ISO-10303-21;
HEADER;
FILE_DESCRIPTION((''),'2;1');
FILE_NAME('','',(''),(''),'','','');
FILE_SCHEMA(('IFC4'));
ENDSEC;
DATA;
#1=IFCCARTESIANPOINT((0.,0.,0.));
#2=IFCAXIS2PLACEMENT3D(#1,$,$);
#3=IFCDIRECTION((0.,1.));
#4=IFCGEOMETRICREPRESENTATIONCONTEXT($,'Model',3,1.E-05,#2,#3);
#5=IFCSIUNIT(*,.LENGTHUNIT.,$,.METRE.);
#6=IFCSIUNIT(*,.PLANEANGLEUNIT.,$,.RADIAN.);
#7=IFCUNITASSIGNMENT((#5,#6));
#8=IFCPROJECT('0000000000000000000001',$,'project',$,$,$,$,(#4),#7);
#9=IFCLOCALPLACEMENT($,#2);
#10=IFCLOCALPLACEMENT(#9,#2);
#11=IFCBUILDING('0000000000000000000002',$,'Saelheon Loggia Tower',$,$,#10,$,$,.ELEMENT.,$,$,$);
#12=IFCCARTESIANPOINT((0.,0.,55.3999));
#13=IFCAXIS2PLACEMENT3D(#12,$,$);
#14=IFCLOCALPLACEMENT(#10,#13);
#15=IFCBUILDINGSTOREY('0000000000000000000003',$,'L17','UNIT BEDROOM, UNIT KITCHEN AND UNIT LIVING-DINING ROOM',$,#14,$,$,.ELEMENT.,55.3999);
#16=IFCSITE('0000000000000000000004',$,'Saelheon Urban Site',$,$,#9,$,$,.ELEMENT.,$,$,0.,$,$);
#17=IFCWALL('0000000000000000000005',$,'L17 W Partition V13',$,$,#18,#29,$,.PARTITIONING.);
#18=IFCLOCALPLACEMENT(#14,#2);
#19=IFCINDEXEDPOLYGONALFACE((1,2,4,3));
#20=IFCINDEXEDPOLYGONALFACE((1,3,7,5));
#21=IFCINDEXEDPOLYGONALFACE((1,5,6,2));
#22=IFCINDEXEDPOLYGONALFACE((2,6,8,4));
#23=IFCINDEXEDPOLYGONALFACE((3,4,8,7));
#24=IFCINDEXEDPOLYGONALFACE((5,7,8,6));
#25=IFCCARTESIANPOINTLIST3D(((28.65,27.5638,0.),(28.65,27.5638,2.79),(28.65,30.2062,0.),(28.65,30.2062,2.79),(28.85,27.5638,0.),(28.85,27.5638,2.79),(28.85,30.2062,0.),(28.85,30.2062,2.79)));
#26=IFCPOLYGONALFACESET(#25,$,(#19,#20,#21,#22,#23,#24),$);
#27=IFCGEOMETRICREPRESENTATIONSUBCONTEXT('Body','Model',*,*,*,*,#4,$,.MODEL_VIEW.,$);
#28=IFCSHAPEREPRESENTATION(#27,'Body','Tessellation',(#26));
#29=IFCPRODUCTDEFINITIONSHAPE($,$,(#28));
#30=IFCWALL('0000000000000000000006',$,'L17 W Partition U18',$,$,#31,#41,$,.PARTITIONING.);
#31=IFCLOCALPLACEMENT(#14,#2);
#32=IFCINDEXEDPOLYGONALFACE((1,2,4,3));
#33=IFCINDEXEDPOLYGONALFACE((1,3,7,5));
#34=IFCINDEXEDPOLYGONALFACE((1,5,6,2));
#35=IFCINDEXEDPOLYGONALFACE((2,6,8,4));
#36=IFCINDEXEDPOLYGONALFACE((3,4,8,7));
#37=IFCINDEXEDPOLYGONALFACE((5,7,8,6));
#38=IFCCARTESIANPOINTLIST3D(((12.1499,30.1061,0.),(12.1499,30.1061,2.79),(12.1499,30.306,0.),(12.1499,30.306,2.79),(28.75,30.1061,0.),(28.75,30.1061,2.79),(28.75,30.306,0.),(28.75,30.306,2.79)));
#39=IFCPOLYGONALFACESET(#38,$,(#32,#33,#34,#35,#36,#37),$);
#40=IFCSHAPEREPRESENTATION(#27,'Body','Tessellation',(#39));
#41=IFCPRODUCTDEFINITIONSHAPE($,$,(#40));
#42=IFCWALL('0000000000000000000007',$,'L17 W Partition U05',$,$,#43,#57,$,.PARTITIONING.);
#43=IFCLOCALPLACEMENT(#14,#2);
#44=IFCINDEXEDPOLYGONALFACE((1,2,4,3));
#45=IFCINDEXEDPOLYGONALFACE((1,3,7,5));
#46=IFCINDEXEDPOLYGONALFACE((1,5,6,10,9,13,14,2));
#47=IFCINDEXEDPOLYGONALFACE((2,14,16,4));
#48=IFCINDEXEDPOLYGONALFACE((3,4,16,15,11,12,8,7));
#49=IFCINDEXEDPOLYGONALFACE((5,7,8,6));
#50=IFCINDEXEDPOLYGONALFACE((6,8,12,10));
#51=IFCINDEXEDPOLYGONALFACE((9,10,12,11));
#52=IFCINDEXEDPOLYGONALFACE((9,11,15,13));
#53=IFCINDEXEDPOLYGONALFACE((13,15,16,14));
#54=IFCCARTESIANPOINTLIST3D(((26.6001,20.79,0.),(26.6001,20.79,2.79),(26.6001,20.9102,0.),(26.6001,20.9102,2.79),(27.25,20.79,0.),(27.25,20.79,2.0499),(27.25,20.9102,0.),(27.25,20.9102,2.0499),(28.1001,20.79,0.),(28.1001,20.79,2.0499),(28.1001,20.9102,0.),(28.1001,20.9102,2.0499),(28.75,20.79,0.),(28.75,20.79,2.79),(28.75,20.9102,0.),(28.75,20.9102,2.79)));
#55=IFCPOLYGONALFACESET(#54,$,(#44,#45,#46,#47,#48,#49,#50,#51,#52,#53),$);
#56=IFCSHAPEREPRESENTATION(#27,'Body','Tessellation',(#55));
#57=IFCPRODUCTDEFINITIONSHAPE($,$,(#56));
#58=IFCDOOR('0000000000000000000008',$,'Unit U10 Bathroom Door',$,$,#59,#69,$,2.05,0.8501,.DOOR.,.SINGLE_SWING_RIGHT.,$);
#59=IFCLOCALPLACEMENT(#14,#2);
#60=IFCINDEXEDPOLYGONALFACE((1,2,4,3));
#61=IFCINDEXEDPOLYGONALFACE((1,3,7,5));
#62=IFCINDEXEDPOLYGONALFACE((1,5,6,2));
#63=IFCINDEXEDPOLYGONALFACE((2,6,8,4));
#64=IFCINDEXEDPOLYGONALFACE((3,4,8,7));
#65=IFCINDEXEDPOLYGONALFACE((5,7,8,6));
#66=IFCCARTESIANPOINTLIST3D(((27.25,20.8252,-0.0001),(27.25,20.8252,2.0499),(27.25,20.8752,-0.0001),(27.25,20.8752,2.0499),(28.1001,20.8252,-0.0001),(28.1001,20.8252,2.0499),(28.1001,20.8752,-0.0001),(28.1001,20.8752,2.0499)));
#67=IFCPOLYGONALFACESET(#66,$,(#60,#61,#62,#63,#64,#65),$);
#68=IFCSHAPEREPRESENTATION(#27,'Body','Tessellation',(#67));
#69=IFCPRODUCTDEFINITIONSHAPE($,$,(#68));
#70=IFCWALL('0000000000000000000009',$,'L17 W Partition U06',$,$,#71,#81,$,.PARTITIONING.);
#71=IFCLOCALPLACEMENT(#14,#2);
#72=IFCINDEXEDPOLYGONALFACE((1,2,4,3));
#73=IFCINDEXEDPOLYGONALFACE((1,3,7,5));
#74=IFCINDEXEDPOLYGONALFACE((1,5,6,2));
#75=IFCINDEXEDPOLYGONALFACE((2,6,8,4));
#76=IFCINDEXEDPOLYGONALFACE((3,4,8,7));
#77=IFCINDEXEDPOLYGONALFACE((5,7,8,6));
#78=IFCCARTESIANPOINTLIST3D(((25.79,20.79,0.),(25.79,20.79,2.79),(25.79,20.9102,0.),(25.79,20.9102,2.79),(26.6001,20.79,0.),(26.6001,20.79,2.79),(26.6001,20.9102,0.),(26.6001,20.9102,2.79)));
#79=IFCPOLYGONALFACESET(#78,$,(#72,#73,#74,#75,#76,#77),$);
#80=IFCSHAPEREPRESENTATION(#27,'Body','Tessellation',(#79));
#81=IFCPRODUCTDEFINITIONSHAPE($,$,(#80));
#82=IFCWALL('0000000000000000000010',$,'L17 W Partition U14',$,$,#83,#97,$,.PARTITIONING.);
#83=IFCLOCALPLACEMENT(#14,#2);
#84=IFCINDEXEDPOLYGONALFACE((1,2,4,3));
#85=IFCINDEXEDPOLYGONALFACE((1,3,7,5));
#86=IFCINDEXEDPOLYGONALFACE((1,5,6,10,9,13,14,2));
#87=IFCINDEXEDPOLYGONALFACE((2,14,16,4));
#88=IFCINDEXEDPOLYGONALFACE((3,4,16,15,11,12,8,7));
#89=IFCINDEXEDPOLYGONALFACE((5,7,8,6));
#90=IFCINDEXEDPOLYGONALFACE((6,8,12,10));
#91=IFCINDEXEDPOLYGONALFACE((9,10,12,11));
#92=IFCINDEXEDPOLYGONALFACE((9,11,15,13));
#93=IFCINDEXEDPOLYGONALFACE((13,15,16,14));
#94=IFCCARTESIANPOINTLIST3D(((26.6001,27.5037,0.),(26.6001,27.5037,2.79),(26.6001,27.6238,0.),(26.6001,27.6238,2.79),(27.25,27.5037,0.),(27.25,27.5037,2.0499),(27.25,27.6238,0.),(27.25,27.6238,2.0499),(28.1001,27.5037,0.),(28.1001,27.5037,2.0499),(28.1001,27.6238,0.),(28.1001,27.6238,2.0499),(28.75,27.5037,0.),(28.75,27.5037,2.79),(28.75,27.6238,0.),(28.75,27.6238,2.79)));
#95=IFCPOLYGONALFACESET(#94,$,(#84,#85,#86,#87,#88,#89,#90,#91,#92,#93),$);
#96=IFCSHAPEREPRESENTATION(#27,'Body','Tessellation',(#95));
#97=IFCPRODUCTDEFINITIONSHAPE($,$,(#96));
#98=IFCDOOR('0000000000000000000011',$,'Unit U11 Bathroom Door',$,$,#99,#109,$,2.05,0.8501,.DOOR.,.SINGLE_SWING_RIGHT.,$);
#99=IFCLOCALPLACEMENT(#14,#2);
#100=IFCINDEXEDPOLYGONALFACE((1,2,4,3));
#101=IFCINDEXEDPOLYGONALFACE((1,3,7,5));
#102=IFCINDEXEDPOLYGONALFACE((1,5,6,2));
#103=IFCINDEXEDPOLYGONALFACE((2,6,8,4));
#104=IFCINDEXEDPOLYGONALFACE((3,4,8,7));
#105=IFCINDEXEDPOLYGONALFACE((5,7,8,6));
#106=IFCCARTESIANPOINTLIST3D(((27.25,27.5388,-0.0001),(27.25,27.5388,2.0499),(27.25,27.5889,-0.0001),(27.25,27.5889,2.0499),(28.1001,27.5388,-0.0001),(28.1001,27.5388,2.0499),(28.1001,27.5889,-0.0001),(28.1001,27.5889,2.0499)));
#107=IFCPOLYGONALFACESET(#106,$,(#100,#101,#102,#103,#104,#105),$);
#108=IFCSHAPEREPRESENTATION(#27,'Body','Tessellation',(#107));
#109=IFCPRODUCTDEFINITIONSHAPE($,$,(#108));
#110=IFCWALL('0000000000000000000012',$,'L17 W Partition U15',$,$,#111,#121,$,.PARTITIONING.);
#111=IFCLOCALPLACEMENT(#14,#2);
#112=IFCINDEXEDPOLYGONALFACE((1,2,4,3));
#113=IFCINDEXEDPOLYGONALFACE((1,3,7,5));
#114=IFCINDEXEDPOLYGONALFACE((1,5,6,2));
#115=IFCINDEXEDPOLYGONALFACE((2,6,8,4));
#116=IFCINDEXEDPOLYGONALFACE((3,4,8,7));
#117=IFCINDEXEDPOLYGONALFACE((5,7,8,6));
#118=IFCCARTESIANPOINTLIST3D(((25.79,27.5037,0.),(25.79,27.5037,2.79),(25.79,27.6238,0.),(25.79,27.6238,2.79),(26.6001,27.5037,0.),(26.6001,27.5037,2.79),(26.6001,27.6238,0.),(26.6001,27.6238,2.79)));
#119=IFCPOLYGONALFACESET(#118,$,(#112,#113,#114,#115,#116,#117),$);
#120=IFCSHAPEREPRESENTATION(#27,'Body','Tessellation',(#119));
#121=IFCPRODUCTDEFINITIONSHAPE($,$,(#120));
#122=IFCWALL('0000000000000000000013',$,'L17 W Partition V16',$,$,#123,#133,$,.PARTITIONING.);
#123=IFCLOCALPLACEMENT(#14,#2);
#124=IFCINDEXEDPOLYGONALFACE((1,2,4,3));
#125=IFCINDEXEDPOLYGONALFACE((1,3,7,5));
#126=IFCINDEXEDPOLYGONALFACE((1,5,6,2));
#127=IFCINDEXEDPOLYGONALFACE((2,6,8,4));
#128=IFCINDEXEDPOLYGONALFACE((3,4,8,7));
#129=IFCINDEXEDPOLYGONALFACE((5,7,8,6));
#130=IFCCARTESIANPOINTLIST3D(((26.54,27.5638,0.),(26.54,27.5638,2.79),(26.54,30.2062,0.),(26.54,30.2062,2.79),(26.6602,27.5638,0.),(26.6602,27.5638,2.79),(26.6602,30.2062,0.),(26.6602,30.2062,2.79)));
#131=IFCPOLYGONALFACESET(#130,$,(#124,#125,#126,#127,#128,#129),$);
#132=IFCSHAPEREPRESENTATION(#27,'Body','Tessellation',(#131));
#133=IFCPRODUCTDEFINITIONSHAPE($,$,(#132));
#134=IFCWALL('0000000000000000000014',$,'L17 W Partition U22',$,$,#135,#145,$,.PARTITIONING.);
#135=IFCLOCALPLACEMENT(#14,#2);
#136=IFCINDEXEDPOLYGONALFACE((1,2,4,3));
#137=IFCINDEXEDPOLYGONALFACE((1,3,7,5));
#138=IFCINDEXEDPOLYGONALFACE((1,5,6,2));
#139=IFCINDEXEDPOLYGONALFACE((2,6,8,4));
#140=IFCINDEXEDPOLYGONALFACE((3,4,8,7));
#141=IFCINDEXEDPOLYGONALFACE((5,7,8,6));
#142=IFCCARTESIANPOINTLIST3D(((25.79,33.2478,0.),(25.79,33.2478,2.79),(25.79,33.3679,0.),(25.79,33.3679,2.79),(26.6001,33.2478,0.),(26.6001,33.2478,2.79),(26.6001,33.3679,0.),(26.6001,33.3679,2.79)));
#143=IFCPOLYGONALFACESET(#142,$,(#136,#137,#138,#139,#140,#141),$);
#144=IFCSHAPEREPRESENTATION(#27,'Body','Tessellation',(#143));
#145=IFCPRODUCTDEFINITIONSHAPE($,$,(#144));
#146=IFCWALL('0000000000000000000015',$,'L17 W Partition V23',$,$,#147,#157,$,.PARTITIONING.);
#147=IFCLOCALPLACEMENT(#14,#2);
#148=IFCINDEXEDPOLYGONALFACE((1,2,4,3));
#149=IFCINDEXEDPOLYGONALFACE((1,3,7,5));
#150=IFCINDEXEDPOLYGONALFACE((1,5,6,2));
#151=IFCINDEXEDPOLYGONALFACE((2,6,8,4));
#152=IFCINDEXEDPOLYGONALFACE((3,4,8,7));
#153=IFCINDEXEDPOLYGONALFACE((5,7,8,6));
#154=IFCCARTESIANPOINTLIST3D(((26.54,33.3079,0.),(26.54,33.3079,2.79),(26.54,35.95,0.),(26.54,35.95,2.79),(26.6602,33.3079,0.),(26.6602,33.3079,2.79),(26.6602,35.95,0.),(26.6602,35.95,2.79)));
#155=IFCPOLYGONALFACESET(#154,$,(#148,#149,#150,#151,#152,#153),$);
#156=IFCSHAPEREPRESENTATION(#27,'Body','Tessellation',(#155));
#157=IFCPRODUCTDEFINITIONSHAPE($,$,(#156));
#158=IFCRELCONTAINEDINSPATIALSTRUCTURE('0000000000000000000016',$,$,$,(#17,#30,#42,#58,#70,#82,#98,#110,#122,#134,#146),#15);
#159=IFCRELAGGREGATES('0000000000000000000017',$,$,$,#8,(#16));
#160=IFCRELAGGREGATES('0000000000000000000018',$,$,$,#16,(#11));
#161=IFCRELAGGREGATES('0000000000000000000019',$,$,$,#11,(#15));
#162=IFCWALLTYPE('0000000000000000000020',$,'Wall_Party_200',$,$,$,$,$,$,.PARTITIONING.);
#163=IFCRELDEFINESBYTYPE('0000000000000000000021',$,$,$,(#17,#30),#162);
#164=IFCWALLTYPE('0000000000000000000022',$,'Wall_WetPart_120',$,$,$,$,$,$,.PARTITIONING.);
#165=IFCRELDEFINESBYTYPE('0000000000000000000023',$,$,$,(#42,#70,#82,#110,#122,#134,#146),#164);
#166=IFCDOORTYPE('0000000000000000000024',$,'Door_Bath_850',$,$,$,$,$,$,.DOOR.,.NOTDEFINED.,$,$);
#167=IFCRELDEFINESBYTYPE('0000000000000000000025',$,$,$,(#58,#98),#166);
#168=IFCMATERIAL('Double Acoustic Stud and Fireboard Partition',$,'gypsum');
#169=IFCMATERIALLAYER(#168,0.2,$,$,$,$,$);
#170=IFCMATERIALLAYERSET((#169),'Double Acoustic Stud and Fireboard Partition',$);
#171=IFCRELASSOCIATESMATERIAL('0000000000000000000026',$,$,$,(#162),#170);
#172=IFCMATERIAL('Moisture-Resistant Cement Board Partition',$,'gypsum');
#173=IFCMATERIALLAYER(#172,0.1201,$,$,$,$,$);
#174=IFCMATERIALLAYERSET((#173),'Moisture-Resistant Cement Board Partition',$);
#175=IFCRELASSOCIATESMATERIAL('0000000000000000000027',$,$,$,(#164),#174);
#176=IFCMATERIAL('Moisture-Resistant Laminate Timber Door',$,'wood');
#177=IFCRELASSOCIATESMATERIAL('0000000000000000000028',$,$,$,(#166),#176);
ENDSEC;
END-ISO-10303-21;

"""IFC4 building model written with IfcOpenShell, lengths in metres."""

from ifc_helpers import new_model, si_unit, direction, frame, frame_2d, origin, place, context, subcontext, project, spatial, rectangle, extrude, source, transform, mapped, material, layer, layer_set, type_object, element, fill, save


model = new_model("IFC4")

# Units and contexts
model_context = context("Model", 3, precision=1e-05, world=origin(), true_north=direction((0.0, 1.0)))
body_context = subcontext(model_context, "Body", "Model", "MODEL_VIEW")
ifc_project = project(units=[si_unit("LENGTHUNIT", "METRE"), si_unit("PLANEANGLEUNIT", "RADIAN")], contexts=[model_context])

# Site, building, storey
site_placement = place(None, origin())
site = spatial("IfcSite", under=ifc_project, at=site_placement, Name="Saelheon Urban Site", CompositionType="ELEMENT", RefElevation=0.0)
building_placement = place(site_placement, origin())
building = spatial("IfcBuilding", under=site, at=building_placement, Name="Saelheon Loggia Tower", CompositionType="ELEMENT")
storey_placement = place(building_placement, frame((0.0, 0.0, 55.3999)))
storey = spatial("IfcBuildingStorey", under=building, at=storey_placement, Name="L17", Description="UNIT BEDROOM, UNIT KITCHEN AND UNIT LIVING-DINING ROOM", CompositionType="ELEMENT", Elevation=55.3999)

# Shared definitions
ifc_material_1 = material(Name="Double Acoustic Stud and Fireboard Partition", Category="gypsum")
ifc_layer_1 = layer(ifc_material_1, 0.2)
ifc_layer_set_1 = layer_set([ifc_layer_1], Name="Double Acoustic Stud and Fireboard Partition")
wall_type_1 = type_object("IfcWallType", Name="Wall_Party_200", PredefinedType="PARTITIONING", material=ifc_layer_set_1)

# Walls
wall_1_placement = place(storey_placement, frame((28.75, 27.5637, 0.0), z_axis=(0.0, 0.0, 1.0), x_axis=(0.0, 1.0, 0.0)))
element("IfcWall", 1, at=wall_1_placement, inside=storey, type_object=wall_type_1, Name="L17 W Partition V13", PredefinedType="PARTITIONING", context=body_context, shape_type="SweptSolid", body=[
    extrude(rectangle(XDim=2.6423, YDim=0.2, at=frame_2d((1.3213, 0.0))), origin(), (0.0, 0.0, 1.0), 2.79),
])
wall_2_placement = place(storey_placement, frame((28.75, 30.2061, 0.0), z_axis=(0.0, 0.0, 1.0), x_axis=(-1.0, 0.0, 0.0)))
element("IfcWall", 2, at=wall_2_placement, inside=storey, type_object=wall_type_1, Name="L17 W Partition U18", PredefinedType="PARTITIONING", context=body_context, shape_type="SweptSolid", body=[
    extrude(rectangle(XDim=16.6001, YDim=0.2, at=frame_2d((8.3, 0.0))), origin(), (0.0, 0.0, 1.0), 2.79),
])

# Wall, opening, door
ifc_material_2 = material(Name="Moisture-Resistant Cement Board Partition", Category="gypsum")
ifc_layer_2 = layer(ifc_material_2, 0.1201)
ifc_layer_set_2 = layer_set([ifc_layer_2], Name="Moisture-Resistant Cement Board Partition")
wall_type_2 = type_object("IfcWallType", Name="Wall_WetPart_120", PredefinedType="PARTITIONING", material=ifc_layer_set_2)
wall_3_placement = place(storey_placement, frame((28.75, 20.8501, 0.0), z_axis=(0.0, 0.0, 1.0), x_axis=(-1.0, 0.0, 0.0)))
wall_3 = element("IfcWall", 3, at=wall_3_placement, inside=storey, type_object=wall_type_2, Name="L17 W Partition U05", PredefinedType="PARTITIONING", context=body_context, shape_type="SweptSolid", body=[
    extrude(rectangle(XDim=2.1499, YDim=0.1201, at=frame_2d((1.075, 0.0))), origin(), (0.0, 0.0, 1.0), 2.79),
])
opening_1_placement = place(wall_3_placement, frame((0.6499, 0.0, 0.0)))
opening_1 = element("IfcOpeningElement", 4, at=opening_1_placement, cuts=wall_3, PredefinedType="OPENING", context=body_context, shape_type="SweptSolid", body=[
    extrude(rectangle(XDim=0.8501, YDim=2.05, at=frame_2d((0.425, 1.0249))), frame((0.0, 0.072, 0.0), z_axis=(0.0, -1.0, 0.0), x_axis=(1.0, 0.0, 0.0)), (0.0, 0.0, 1.0), 0.144),
])
ifc_material_3 = material(Name="Moisture-Resistant Laminate Timber Door", Category="wood")
door_type_1 = type_object("IfcDoorType", Name="Door_Bath_850", OperationType="NOTDEFINED", PredefinedType="DOOR", material=ifc_material_3)
shared_shape_1 = source(origin(), body_context, "Body", "SweptSolid", [
    extrude(rectangle(XDim=0.8501, YDim=2.05, at=frame_2d((0.425, 1.0249))), frame((0.0, 0.0249, 0.0), z_axis=(0.0, -1.0, 0.0), x_axis=(1.0, 0.0, 0.0)), (0.0, 0.0, 1.0), 0.05),
])
door_1_placement = place(opening_1_placement, origin())
door_1 = element("IfcDoor", 5, at=door_1_placement, inside=storey, type_object=door_type_1, Name="Unit U10 Bathroom Door", OperationType="SINGLE_SWING_RIGHT", OverallHeight=2.05, OverallWidth=0.8501, PredefinedType="DOOR", context=body_context, shape_type="MappedRepresentation", body=[
    mapped(shared_shape_1, transform((0.0, 0.0, 0.0), scale=1.0)),
])
fill(opening_1, door_1)

# Wall
wall_4_placement = place(storey_placement, frame((26.6001, 20.8501, 0.0), z_axis=(0.0, 0.0, 1.0), x_axis=(-1.0, 0.0, 0.0)))
element("IfcWall", 6, at=wall_4_placement, inside=storey, type_object=wall_type_2, Name="L17 W Partition U06", PredefinedType="PARTITIONING", context=body_context, shape_type="SweptSolid", body=[
    extrude(rectangle(XDim=0.8101, YDim=0.1201, at=frame_2d((0.405, 0.0))), origin(), (0.0, 0.0, 1.0), 2.79),
])

# Wall, opening, door
wall_5_placement = place(storey_placement, frame((28.75, 27.5637, 0.0), z_axis=(0.0, 0.0, 1.0), x_axis=(-1.0, 0.0, 0.0)))
wall_5 = element("IfcWall", 7, at=wall_5_placement, inside=storey, type_object=wall_type_2, Name="L17 W Partition U14", PredefinedType="PARTITIONING", context=body_context, shape_type="SweptSolid", body=[
    extrude(rectangle(XDim=2.1499, YDim=0.1201, at=frame_2d((1.075, 0.0))), origin(), (0.0, 0.0, 1.0), 2.79),
])
opening_2_placement = place(wall_5_placement, frame((0.6499, 0.0, 0.0)))
opening_2 = element("IfcOpeningElement", 8, at=opening_2_placement, cuts=wall_5, PredefinedType="OPENING", context=body_context, shape_type="SweptSolid", body=[
    extrude(rectangle(XDim=0.8501, YDim=2.05, at=frame_2d((0.425, 1.0249))), frame((0.0, 0.072, 0.0), z_axis=(0.0, -1.0, 0.0), x_axis=(1.0, 0.0, 0.0)), (0.0, 0.0, 1.0), 0.144),
])
door_2_placement = place(opening_2_placement, origin())
door_2 = element("IfcDoor", 9, at=door_2_placement, inside=storey, type_object=door_type_1, Name="Unit U11 Bathroom Door", OperationType="SINGLE_SWING_RIGHT", OverallHeight=2.05, OverallWidth=0.8501, PredefinedType="DOOR", context=body_context, shape_type="MappedRepresentation", body=[
    mapped(shared_shape_1, transform((0.0, 0.0, 0.0), scale=1.0)),
])
fill(opening_2, door_2)

# Walls
wall_6_placement = place(storey_placement, frame((26.6001, 27.5637, 0.0), z_axis=(0.0, 0.0, 1.0), x_axis=(-1.0, 0.0, 0.0)))
element("IfcWall", 10, at=wall_6_placement, inside=storey, type_object=wall_type_2, Name="L17 W Partition U15", PredefinedType="PARTITIONING", context=body_context, shape_type="SweptSolid", body=[
    extrude(rectangle(XDim=0.8101, YDim=0.1201, at=frame_2d((0.405, 0.0))), origin(), (0.0, 0.0, 1.0), 2.79),
])
wall_7_placement = place(storey_placement, frame((26.6001, 27.5637, 0.0), z_axis=(0.0, 0.0, 1.0), x_axis=(0.0, 1.0, 0.0)))
element("IfcWall", 11, at=wall_7_placement, inside=storey, type_object=wall_type_2, Name="L17 W Partition V16", PredefinedType="PARTITIONING", context=body_context, shape_type="SweptSolid", body=[
    extrude(rectangle(XDim=2.6423, YDim=0.1201, at=frame_2d((1.3213, 0.0))), origin(), (0.0, 0.0, 1.0), 2.79),
])
wall_8_placement = place(storey_placement, frame((26.6001, 33.3079, 0.0), z_axis=(0.0, 0.0, 1.0), x_axis=(-1.0, 0.0, 0.0)))
element("IfcWall", 12, at=wall_8_placement, inside=storey, type_object=wall_type_2, Name="L17 W Partition U22", PredefinedType="PARTITIONING", context=body_context, shape_type="SweptSolid", body=[
    extrude(rectangle(XDim=0.8101, YDim=0.1201, at=frame_2d((0.405, 0.0))), origin(), (0.0, 0.0, 1.0), 2.79),
])
wall_9_placement = place(storey_placement, frame((26.6001, 33.3079, 0.0), z_axis=(0.0, 0.0, 1.0), x_axis=(0.0, 1.0, 0.0)))
element("IfcWall", 13, at=wall_9_placement, inside=storey, type_object=wall_type_2, Name="L17 W Partition V23", PredefinedType="PARTITIONING", context=body_context, shape_type="SweptSolid", body=[
    extrude(rectangle(XDim=2.6421, YDim=0.1201, at=frame_2d((1.321, 0.0))), origin(), (0.0, 0.0, 1.0), 2.79),
])

save(model, "model.ifc")
